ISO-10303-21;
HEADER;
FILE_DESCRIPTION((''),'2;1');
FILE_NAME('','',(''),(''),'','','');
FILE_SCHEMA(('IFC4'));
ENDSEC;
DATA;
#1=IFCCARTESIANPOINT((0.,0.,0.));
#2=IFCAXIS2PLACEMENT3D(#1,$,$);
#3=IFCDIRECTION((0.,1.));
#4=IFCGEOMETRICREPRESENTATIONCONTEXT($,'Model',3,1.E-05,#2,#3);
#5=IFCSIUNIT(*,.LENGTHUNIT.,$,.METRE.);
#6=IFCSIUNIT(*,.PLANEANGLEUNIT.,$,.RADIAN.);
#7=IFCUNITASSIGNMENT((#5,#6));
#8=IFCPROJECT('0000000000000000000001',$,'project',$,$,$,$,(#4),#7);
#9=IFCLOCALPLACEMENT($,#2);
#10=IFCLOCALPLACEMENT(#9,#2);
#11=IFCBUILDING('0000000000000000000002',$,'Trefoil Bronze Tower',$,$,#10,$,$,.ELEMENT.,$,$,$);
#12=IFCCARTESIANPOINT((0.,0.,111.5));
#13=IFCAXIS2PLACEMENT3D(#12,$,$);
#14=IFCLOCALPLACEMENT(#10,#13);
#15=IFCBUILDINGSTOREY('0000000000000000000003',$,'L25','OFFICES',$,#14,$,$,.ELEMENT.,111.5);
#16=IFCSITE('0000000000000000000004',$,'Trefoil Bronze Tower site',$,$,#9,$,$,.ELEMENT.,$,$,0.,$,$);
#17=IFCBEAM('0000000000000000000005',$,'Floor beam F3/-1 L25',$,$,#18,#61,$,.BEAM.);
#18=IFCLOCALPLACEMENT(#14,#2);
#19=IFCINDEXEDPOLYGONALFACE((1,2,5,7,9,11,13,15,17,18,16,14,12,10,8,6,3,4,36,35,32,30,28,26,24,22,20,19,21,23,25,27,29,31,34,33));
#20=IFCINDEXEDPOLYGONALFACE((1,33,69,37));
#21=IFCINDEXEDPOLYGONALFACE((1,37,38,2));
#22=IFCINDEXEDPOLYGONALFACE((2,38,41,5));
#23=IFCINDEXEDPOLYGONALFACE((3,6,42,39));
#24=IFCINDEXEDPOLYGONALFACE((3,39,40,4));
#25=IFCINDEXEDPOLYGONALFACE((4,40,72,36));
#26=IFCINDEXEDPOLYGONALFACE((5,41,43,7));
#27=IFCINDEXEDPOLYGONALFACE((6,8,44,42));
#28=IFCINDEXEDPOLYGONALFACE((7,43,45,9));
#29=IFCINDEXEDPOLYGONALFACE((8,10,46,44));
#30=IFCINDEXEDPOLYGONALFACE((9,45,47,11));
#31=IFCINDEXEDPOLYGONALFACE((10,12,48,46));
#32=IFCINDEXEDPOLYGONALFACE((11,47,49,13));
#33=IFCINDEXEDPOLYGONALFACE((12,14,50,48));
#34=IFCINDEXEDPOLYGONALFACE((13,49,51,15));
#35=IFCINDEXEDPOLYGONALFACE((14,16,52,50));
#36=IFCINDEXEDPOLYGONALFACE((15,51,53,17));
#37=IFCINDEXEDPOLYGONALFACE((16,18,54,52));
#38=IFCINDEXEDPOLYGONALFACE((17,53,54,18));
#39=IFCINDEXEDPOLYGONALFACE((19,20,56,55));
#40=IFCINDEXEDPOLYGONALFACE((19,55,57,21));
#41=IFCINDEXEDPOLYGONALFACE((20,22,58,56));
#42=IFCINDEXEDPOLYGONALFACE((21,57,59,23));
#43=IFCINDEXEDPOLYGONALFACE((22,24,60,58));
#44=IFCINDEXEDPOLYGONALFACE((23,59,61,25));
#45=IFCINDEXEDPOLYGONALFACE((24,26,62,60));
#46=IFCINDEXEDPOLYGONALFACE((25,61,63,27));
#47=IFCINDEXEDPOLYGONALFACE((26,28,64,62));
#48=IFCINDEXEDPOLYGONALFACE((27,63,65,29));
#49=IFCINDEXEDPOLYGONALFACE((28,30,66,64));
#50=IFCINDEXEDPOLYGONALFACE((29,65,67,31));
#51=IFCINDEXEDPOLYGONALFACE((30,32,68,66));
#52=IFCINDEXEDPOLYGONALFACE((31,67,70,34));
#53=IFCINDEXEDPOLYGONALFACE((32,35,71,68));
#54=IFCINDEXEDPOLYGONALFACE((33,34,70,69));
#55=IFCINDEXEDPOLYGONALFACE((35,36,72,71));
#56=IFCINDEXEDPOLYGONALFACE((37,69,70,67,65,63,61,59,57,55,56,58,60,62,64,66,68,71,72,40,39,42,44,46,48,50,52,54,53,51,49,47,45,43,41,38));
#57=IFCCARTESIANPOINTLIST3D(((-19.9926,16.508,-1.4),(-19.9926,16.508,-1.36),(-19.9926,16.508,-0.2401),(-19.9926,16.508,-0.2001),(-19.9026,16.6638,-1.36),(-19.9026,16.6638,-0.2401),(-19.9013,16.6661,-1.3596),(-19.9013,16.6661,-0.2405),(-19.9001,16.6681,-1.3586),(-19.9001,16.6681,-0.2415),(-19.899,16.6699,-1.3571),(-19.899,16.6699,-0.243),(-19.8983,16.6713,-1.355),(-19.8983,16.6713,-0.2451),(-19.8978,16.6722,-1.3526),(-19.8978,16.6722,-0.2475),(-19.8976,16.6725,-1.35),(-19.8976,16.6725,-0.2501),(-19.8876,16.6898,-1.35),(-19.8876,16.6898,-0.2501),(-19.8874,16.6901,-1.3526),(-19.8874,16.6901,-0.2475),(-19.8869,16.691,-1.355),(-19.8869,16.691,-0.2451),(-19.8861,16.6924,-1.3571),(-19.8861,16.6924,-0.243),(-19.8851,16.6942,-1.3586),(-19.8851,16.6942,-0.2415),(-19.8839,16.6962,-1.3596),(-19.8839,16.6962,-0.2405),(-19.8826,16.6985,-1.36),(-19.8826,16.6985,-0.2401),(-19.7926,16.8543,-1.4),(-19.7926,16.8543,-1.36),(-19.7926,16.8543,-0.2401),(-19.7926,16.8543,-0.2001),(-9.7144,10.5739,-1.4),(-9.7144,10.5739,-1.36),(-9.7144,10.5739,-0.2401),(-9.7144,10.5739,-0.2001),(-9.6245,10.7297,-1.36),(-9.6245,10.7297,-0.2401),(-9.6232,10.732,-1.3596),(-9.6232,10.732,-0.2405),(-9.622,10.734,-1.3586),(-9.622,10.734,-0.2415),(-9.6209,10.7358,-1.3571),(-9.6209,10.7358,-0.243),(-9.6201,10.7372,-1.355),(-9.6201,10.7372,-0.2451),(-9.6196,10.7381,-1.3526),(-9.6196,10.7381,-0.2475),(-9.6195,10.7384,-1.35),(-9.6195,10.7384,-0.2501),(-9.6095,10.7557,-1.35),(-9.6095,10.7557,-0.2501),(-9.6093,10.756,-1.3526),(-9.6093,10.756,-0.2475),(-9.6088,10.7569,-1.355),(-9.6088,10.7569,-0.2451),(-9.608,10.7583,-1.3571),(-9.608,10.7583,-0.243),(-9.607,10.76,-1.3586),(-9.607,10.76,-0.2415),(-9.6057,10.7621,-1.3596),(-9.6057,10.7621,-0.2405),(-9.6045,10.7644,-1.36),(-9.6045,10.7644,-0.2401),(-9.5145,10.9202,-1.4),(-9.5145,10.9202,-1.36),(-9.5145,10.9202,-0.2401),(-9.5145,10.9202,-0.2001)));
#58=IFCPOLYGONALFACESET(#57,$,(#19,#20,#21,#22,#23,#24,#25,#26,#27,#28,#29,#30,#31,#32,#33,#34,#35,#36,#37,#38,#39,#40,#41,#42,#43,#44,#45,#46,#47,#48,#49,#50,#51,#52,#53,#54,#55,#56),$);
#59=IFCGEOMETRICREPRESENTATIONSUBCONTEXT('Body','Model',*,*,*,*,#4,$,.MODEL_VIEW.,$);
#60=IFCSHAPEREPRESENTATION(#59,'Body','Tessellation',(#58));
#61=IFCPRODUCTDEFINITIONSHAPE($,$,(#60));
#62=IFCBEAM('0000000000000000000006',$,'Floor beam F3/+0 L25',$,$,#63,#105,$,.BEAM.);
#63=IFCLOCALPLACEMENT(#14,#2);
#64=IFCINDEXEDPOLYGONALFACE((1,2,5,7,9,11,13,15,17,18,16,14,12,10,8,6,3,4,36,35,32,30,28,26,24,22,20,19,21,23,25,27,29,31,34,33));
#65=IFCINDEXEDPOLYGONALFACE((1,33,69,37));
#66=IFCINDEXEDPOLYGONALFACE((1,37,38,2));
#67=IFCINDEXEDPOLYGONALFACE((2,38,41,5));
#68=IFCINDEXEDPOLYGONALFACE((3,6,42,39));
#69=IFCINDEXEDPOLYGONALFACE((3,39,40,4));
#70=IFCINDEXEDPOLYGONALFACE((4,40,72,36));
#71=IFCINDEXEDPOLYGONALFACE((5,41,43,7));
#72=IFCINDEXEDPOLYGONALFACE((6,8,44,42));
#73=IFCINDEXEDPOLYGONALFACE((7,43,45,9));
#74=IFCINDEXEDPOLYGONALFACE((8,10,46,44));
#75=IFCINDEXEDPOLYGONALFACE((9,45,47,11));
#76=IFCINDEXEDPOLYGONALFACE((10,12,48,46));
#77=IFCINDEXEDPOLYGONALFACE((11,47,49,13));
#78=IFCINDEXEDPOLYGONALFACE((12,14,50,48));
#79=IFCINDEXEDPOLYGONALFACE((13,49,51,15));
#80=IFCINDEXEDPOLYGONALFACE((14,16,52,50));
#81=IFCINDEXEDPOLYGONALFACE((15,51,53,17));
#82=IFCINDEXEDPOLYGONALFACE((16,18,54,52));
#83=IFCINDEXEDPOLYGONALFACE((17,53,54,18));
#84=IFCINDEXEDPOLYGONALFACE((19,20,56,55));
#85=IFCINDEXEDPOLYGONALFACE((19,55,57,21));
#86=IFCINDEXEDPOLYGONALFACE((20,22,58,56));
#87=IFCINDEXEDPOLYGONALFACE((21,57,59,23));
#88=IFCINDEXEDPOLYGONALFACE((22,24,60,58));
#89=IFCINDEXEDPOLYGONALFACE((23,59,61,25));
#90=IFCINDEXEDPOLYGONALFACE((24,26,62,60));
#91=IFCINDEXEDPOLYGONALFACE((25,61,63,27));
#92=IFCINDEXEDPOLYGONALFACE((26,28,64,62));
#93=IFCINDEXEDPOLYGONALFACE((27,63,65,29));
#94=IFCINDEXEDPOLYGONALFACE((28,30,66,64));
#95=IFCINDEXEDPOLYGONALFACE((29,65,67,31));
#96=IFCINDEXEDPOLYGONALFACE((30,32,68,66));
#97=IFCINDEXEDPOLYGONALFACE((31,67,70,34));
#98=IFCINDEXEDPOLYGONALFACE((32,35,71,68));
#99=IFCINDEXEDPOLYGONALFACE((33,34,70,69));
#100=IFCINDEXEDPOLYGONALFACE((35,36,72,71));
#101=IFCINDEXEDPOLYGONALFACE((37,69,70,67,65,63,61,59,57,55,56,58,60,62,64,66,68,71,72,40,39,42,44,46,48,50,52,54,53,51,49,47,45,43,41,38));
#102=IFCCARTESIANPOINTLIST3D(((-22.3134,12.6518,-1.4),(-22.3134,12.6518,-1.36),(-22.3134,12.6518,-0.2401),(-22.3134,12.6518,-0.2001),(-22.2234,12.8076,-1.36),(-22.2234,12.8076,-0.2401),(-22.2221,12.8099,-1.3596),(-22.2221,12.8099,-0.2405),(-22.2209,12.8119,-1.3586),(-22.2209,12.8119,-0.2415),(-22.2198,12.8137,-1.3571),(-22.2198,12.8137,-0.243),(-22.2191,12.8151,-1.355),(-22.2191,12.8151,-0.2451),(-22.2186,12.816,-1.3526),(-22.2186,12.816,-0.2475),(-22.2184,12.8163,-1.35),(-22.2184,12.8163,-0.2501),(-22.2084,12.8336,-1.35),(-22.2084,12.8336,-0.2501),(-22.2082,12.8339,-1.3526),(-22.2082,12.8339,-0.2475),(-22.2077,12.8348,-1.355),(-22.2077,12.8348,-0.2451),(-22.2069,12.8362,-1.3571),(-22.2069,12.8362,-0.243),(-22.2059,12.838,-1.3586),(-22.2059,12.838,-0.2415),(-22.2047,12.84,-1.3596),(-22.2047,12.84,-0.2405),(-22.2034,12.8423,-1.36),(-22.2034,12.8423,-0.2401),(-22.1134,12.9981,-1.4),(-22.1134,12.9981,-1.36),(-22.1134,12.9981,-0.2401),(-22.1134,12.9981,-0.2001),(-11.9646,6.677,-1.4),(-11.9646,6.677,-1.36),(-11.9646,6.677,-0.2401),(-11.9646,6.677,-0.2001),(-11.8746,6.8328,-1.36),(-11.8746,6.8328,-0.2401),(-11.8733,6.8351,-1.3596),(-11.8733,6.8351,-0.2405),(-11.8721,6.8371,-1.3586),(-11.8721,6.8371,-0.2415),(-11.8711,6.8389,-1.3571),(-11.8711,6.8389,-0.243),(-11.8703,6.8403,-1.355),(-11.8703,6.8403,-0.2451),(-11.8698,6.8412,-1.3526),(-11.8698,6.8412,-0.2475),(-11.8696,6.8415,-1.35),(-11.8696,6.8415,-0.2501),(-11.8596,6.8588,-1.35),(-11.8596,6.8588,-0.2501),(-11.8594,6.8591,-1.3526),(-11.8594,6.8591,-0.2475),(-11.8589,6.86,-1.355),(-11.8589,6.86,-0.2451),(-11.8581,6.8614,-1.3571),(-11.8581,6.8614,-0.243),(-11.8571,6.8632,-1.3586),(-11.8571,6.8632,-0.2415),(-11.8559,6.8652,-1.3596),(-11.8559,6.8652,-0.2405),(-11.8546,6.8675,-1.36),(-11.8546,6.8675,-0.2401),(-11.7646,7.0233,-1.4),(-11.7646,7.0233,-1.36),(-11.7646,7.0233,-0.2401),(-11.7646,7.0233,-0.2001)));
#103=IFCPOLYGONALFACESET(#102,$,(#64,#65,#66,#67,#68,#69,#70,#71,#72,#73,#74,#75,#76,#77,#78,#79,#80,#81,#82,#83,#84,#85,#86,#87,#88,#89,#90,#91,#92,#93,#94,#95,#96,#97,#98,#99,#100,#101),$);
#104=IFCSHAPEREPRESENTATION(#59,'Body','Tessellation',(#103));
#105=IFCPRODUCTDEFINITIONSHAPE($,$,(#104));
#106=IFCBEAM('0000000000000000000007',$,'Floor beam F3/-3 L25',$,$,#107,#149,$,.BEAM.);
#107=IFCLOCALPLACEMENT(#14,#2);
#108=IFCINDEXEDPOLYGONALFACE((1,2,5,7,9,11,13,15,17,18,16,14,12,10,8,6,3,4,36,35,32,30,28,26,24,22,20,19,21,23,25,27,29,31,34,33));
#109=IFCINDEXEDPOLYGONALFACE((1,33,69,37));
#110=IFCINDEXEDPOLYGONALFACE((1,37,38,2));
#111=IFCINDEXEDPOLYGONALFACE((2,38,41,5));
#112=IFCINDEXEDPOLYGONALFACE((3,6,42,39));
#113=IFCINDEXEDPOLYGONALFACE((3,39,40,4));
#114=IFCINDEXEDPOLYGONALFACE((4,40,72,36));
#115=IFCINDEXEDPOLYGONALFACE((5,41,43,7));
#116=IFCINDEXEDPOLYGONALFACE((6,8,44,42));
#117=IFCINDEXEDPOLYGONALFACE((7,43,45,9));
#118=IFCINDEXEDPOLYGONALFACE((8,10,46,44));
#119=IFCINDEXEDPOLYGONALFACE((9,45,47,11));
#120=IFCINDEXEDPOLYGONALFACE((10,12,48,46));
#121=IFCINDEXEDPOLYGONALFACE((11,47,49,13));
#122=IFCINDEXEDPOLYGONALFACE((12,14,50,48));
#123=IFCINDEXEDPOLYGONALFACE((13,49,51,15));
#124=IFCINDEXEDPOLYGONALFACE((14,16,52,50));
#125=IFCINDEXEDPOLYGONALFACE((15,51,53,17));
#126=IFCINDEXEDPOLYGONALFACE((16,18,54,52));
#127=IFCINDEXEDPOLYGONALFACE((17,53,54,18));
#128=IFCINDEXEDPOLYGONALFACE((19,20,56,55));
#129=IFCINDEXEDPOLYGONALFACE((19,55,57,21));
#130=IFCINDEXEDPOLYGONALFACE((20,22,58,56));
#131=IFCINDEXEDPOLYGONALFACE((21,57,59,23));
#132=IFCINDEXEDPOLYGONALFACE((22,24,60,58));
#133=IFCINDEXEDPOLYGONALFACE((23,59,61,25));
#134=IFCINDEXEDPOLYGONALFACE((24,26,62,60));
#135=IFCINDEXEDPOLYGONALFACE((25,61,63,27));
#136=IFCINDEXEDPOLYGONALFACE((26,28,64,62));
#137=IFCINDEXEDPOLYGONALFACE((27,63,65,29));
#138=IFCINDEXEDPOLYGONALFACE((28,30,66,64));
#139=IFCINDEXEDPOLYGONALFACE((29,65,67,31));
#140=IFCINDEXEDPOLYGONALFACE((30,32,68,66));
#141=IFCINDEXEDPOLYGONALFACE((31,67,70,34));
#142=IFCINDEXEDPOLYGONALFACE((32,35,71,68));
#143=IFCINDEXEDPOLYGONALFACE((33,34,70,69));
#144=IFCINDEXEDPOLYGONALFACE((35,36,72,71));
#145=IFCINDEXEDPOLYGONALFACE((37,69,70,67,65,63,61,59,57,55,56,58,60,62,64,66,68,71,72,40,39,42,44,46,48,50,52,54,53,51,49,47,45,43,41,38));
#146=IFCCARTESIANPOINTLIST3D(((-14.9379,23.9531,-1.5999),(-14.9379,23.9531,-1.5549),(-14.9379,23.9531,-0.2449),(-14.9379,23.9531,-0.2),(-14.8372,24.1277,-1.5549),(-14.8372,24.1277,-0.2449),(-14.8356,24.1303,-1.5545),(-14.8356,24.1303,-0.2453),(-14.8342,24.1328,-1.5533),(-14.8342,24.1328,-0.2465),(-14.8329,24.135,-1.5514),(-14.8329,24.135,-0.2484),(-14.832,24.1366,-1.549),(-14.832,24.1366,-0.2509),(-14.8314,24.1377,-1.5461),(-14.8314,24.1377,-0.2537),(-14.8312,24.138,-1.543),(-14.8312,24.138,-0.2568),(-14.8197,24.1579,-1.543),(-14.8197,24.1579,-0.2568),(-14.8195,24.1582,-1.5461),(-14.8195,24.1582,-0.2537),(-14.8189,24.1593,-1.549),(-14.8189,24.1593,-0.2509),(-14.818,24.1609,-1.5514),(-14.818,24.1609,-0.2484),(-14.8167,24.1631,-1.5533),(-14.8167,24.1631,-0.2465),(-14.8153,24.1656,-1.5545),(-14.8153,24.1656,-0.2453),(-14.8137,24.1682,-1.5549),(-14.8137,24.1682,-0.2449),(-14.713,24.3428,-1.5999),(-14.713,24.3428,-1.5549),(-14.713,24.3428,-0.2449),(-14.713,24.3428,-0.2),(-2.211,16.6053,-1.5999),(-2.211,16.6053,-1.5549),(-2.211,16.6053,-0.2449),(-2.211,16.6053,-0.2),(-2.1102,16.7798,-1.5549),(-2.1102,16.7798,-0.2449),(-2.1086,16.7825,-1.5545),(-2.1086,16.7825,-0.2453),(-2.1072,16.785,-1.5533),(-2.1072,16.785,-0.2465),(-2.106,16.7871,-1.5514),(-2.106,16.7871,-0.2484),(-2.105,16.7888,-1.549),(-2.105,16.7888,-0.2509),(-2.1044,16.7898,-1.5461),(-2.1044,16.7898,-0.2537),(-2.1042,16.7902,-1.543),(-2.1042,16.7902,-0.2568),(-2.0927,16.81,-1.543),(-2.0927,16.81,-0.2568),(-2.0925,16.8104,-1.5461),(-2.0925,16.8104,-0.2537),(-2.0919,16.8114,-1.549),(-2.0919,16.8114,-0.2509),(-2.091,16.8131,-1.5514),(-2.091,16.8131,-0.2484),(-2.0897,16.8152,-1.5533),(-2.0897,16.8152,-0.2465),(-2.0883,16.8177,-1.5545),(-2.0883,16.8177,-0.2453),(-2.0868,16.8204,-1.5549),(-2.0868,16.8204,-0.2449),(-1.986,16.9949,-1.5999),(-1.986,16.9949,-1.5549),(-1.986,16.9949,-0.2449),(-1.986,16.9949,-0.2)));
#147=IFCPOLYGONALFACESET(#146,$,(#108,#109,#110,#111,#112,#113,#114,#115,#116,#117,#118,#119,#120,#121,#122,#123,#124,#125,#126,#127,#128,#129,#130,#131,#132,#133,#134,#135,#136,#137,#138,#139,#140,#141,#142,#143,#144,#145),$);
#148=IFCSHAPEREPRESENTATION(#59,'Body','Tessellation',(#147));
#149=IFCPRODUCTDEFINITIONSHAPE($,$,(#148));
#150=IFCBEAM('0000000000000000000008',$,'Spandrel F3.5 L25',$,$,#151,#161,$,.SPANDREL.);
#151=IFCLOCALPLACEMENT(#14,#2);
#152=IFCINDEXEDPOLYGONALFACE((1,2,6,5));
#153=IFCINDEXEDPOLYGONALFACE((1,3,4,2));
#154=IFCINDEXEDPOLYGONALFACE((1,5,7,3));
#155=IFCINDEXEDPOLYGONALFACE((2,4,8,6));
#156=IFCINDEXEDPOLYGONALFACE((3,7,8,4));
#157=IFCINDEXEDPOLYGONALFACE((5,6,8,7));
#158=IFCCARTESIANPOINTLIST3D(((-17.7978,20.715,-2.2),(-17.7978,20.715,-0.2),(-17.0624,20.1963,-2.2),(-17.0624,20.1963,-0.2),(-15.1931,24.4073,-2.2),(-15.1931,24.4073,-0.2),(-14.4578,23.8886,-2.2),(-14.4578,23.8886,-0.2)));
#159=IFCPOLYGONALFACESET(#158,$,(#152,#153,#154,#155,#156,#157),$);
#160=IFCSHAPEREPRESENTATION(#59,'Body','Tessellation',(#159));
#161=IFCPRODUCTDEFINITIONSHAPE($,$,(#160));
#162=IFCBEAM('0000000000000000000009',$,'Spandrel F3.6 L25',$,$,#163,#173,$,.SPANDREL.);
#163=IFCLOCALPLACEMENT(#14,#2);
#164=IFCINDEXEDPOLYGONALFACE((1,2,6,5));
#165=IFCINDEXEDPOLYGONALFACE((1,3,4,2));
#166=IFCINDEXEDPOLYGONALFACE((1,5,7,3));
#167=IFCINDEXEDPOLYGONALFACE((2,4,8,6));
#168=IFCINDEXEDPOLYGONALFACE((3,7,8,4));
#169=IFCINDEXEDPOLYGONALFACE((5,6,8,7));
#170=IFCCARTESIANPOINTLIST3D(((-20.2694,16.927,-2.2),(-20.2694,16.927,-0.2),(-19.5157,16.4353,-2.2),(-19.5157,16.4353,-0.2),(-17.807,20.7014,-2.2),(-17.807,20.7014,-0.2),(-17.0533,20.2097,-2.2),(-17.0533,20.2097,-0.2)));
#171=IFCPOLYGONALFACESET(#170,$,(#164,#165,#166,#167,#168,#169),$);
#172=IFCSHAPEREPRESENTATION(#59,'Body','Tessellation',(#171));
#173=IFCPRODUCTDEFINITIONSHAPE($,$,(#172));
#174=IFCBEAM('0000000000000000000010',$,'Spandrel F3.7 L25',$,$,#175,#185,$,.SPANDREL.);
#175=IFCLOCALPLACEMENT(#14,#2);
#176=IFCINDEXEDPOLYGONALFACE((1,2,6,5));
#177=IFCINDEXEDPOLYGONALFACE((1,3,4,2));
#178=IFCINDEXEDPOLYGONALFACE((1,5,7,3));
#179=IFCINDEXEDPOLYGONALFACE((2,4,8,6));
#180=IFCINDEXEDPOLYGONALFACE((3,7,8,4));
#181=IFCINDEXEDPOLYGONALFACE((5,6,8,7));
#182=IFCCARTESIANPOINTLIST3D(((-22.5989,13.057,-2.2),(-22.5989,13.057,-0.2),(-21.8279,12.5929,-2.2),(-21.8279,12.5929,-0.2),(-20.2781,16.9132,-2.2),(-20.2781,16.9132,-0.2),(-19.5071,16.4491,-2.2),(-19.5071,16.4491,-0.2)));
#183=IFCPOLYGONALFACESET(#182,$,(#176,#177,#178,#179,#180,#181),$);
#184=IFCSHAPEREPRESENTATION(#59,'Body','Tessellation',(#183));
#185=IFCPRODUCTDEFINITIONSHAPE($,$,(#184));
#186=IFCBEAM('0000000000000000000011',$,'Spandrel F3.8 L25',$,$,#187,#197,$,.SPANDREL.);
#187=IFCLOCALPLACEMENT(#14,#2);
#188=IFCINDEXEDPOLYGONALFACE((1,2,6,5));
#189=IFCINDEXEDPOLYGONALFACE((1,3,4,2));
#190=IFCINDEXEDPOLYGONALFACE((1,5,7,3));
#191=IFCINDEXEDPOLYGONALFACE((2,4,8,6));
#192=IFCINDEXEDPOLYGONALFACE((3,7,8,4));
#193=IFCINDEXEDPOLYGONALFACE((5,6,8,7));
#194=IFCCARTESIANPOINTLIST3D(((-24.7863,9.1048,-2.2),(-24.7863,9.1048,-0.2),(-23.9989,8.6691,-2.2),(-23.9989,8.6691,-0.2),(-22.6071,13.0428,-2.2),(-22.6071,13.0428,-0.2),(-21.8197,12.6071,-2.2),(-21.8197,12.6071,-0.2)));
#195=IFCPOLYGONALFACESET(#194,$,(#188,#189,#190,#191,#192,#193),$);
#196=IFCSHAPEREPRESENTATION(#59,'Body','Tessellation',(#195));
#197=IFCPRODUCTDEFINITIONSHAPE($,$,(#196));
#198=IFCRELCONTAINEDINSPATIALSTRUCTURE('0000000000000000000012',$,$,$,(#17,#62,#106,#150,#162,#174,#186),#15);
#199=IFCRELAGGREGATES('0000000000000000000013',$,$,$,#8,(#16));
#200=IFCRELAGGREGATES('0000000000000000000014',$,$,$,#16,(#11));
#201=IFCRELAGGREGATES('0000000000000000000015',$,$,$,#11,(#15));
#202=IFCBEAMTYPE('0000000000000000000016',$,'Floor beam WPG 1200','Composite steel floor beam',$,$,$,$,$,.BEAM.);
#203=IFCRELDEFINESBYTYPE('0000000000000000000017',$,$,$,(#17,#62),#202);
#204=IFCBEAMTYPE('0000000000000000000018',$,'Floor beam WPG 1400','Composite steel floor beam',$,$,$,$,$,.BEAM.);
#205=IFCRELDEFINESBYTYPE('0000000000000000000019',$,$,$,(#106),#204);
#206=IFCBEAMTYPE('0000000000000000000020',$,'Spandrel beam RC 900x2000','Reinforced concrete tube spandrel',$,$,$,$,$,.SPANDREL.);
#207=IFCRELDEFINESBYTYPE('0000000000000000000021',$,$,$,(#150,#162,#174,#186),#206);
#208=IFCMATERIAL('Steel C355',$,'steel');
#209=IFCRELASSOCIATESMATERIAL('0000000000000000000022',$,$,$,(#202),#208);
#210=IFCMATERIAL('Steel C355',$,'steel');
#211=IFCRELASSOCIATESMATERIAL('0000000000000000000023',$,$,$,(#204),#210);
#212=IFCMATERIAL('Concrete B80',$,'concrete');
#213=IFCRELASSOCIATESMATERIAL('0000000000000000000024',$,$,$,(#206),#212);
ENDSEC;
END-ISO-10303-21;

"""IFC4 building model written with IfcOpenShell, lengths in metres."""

from ifc_helpers import new_model, si_unit, direction, frame, origin, origin_2d, place, context, subcontext, project, spatial, rectangle, i_section, extrude, material, material_profile, profile_set, type_object, element, save


model = new_model("IFC4")

# Units and contexts
model_context = context("Model", 3, precision=1e-05, world=origin(), true_north=direction((0.0, 1.0)))
body_context = subcontext(model_context, "Body", "Model", "MODEL_VIEW")
ifc_project = project(units=[si_unit("LENGTHUNIT", "METRE"), si_unit("PLANEANGLEUNIT", "RADIAN")], contexts=[model_context])

# Site, building, storey
site_placement = place(None, origin())
site = spatial("IfcSite", under=ifc_project, at=site_placement, Name="Trefoil Bronze Tower site", CompositionType="ELEMENT", RefElevation=0.0)
building_placement = place(site_placement, origin())
building = spatial("IfcBuilding", under=site, at=building_placement, Name="Trefoil Bronze Tower", CompositionType="ELEMENT")
storey_placement = place(building_placement, frame((0.0, 0.0, 111.5)))
storey = spatial("IfcBuildingStorey", under=building, at=storey_placement, Name="L25", Description="OFFICES", CompositionType="ELEMENT", Elevation=111.5)

# Beams
ifc_material_1 = material(Name="Steel C355", Category="steel")
ifc_material_profile_1 = material_profile(ifc_material_1, i_section(OverallWidth=0.3999, OverallDepth=1.2, WebThickness=0.02, FlangeThickness=0.04, FilletRadius=0.01, at=origin_2d()), Name="WPG 1200")
ifc_profile_set_1 = profile_set([ifc_material_profile_1], Name="Steel C355")
beam_type_1 = type_object("IfcBeamType", Name="Floor beam WPG 1200", Description="Composite steel floor beam", PredefinedType="BEAM", material=ifc_profile_set_1)
beam_1_placement = place(storey_placement, frame((-19.8926, 16.6812, -0.8), z_axis=(0.866024, -0.500002, 0.0), x_axis=(0.500002, 0.866024, 0.0)))
element("IfcBeam", 1, at=beam_1_placement, inside=storey, type_object=beam_type_1, Name="Floor beam F3/-1 L25", PredefinedType="BEAM", context=body_context, shape_type="SweptSolid", body=[
    extrude(i_section(OverallWidth=0.3999, OverallDepth=1.2, WebThickness=0.02, FlangeThickness=0.04, FilletRadius=0.01, at=origin_2d()), origin(), (0.0, 0.0, 1.0), 11.8682),
])
beam_2_placement = place(storey_placement, frame((-22.2134, 12.825, -0.8), z_axis=(0.866028, -0.499995, 0.0), x_axis=(0.499995, 0.866028, 0.0)))
element("IfcBeam", 2, at=beam_2_placement, inside=storey, type_object=beam_type_1, Name="Floor beam F3/+0 L25", PredefinedType="BEAM", context=body_context, shape_type="SweptSolid", body=[
    extrude(i_section(OverallWidth=0.3999, OverallDepth=1.2, WebThickness=0.02, FlangeThickness=0.04, FilletRadius=0.01, at=origin_2d()), origin(), (0.0, 0.0, 1.0), 11.9497),
])
ifc_material_2 = material(Name="Steel C355", Category="steel")
ifc_material_profile_2 = material_profile(ifc_material_2, i_section(OverallWidth=0.45, OverallDepth=1.3999, WebThickness=0.0229, FlangeThickness=0.0449, FilletRadius=0.012, at=origin_2d()), Name="WPG 1400")
ifc_profile_set_2 = profile_set([ifc_material_profile_2], Name="Steel C355")
beam_type_2 = type_object("IfcBeamType", Name="Floor beam WPG 1400", Description="Composite steel floor beam", PredefinedType="BEAM", material=ifc_profile_set_2)
beam_3_placement = place(storey_placement, frame((-14.8254, 24.1479, -0.8999), z_axis=(0.866027, -0.499997, 0.0), x_axis=(0.499997, 0.866027, 0.0)))
element("IfcBeam", 3, at=beam_3_placement, inside=storey, type_object=beam_type_2, Name="Floor beam F3/-3 L25", PredefinedType="BEAM", context=body_context, shape_type="SweptSolid", body=[
    extrude(i_section(OverallWidth=0.45, OverallDepth=1.3999, WebThickness=0.0229, FlangeThickness=0.0449, FilletRadius=0.012, at=origin_2d()), origin(), (0.0, 0.0, 1.0), 14.6958),
])
ifc_material_3 = material(Name="Concrete B80", Category="concrete")
ifc_material_profile_3 = material_profile(ifc_material_3, rectangle(XDim=0.8999, YDim=2.0, at=origin_2d()), Name="RC 900x2000")
ifc_profile_set_3 = profile_set([ifc_material_profile_3], Name="Concrete B80")
beam_type_3 = type_object("IfcBeamType", Name="Spandrel beam RC 900x2000", Description="Reinforced concrete tube spandrel", PredefinedType="SPANDREL", material=ifc_profile_set_3)
beam_4_placement = place(storey_placement, frame((-14.8254, 24.1479, -1.2), z_axis=(-0.576439, -0.81714, 0.0), x_axis=(0.81714, -0.576439, 0.0)))
element("IfcBeam", 4, at=beam_4_placement, inside=storey, type_object=beam_type_3, Name="Spandrel F3.5 L25", PredefinedType="SPANDREL", context=body_context, shape_type="SweptSolid", body=[
    extrude(rectangle(XDim=0.8999, YDim=2.0, at=origin_2d()), origin(), (0.0, 0.0, 1.0), 4.5186),
])
beam_5_placement = place(storey_placement, frame((-17.4302, 20.4556, -1.2), z_axis=(-0.546397, -0.837527, 0.0), x_axis=(0.837527, -0.546397, 0.0)))
element("IfcBeam", 5, at=beam_5_placement, inside=storey, type_object=beam_type_3, Name="Spandrel F3.6 L25", PredefinedType="SPANDREL", context=body_context, shape_type="SweptSolid", body=[
    extrude(rectangle(XDim=0.8999, YDim=2.0, at=origin_2d()), origin(), (0.0, 0.0, 1.0), 4.5066),
])
for number, where, z_axis, x_axis, name in (
    (6, (-19.8926, 16.6812, -1.2), (-0.515652, -0.856798, 0.0), (0.856798, -0.515652, 0.0), "Spandrel F3.7 L25"),
    (7, (-22.2134, 12.825, -1.2), (-0.484187, -0.874965, 0.0), (0.874965, -0.484187, 0.0), "Spandrel F3.8 L25"),
):
    element("IfcBeam", number, at=place(storey_placement, frame(where, z_axis=z_axis, x_axis=x_axis)), inside=storey, type_object=beam_type_3, Name=name, PredefinedType="SPANDREL", context=body_context, shape_type="SweptSolid", body=[
        extrude(rectangle(XDim=0.8999, YDim=2.0, at=origin_2d()), origin(), (0.0, 0.0, 1.0), 4.5007),
    ])

save(model, "model.ifc")
